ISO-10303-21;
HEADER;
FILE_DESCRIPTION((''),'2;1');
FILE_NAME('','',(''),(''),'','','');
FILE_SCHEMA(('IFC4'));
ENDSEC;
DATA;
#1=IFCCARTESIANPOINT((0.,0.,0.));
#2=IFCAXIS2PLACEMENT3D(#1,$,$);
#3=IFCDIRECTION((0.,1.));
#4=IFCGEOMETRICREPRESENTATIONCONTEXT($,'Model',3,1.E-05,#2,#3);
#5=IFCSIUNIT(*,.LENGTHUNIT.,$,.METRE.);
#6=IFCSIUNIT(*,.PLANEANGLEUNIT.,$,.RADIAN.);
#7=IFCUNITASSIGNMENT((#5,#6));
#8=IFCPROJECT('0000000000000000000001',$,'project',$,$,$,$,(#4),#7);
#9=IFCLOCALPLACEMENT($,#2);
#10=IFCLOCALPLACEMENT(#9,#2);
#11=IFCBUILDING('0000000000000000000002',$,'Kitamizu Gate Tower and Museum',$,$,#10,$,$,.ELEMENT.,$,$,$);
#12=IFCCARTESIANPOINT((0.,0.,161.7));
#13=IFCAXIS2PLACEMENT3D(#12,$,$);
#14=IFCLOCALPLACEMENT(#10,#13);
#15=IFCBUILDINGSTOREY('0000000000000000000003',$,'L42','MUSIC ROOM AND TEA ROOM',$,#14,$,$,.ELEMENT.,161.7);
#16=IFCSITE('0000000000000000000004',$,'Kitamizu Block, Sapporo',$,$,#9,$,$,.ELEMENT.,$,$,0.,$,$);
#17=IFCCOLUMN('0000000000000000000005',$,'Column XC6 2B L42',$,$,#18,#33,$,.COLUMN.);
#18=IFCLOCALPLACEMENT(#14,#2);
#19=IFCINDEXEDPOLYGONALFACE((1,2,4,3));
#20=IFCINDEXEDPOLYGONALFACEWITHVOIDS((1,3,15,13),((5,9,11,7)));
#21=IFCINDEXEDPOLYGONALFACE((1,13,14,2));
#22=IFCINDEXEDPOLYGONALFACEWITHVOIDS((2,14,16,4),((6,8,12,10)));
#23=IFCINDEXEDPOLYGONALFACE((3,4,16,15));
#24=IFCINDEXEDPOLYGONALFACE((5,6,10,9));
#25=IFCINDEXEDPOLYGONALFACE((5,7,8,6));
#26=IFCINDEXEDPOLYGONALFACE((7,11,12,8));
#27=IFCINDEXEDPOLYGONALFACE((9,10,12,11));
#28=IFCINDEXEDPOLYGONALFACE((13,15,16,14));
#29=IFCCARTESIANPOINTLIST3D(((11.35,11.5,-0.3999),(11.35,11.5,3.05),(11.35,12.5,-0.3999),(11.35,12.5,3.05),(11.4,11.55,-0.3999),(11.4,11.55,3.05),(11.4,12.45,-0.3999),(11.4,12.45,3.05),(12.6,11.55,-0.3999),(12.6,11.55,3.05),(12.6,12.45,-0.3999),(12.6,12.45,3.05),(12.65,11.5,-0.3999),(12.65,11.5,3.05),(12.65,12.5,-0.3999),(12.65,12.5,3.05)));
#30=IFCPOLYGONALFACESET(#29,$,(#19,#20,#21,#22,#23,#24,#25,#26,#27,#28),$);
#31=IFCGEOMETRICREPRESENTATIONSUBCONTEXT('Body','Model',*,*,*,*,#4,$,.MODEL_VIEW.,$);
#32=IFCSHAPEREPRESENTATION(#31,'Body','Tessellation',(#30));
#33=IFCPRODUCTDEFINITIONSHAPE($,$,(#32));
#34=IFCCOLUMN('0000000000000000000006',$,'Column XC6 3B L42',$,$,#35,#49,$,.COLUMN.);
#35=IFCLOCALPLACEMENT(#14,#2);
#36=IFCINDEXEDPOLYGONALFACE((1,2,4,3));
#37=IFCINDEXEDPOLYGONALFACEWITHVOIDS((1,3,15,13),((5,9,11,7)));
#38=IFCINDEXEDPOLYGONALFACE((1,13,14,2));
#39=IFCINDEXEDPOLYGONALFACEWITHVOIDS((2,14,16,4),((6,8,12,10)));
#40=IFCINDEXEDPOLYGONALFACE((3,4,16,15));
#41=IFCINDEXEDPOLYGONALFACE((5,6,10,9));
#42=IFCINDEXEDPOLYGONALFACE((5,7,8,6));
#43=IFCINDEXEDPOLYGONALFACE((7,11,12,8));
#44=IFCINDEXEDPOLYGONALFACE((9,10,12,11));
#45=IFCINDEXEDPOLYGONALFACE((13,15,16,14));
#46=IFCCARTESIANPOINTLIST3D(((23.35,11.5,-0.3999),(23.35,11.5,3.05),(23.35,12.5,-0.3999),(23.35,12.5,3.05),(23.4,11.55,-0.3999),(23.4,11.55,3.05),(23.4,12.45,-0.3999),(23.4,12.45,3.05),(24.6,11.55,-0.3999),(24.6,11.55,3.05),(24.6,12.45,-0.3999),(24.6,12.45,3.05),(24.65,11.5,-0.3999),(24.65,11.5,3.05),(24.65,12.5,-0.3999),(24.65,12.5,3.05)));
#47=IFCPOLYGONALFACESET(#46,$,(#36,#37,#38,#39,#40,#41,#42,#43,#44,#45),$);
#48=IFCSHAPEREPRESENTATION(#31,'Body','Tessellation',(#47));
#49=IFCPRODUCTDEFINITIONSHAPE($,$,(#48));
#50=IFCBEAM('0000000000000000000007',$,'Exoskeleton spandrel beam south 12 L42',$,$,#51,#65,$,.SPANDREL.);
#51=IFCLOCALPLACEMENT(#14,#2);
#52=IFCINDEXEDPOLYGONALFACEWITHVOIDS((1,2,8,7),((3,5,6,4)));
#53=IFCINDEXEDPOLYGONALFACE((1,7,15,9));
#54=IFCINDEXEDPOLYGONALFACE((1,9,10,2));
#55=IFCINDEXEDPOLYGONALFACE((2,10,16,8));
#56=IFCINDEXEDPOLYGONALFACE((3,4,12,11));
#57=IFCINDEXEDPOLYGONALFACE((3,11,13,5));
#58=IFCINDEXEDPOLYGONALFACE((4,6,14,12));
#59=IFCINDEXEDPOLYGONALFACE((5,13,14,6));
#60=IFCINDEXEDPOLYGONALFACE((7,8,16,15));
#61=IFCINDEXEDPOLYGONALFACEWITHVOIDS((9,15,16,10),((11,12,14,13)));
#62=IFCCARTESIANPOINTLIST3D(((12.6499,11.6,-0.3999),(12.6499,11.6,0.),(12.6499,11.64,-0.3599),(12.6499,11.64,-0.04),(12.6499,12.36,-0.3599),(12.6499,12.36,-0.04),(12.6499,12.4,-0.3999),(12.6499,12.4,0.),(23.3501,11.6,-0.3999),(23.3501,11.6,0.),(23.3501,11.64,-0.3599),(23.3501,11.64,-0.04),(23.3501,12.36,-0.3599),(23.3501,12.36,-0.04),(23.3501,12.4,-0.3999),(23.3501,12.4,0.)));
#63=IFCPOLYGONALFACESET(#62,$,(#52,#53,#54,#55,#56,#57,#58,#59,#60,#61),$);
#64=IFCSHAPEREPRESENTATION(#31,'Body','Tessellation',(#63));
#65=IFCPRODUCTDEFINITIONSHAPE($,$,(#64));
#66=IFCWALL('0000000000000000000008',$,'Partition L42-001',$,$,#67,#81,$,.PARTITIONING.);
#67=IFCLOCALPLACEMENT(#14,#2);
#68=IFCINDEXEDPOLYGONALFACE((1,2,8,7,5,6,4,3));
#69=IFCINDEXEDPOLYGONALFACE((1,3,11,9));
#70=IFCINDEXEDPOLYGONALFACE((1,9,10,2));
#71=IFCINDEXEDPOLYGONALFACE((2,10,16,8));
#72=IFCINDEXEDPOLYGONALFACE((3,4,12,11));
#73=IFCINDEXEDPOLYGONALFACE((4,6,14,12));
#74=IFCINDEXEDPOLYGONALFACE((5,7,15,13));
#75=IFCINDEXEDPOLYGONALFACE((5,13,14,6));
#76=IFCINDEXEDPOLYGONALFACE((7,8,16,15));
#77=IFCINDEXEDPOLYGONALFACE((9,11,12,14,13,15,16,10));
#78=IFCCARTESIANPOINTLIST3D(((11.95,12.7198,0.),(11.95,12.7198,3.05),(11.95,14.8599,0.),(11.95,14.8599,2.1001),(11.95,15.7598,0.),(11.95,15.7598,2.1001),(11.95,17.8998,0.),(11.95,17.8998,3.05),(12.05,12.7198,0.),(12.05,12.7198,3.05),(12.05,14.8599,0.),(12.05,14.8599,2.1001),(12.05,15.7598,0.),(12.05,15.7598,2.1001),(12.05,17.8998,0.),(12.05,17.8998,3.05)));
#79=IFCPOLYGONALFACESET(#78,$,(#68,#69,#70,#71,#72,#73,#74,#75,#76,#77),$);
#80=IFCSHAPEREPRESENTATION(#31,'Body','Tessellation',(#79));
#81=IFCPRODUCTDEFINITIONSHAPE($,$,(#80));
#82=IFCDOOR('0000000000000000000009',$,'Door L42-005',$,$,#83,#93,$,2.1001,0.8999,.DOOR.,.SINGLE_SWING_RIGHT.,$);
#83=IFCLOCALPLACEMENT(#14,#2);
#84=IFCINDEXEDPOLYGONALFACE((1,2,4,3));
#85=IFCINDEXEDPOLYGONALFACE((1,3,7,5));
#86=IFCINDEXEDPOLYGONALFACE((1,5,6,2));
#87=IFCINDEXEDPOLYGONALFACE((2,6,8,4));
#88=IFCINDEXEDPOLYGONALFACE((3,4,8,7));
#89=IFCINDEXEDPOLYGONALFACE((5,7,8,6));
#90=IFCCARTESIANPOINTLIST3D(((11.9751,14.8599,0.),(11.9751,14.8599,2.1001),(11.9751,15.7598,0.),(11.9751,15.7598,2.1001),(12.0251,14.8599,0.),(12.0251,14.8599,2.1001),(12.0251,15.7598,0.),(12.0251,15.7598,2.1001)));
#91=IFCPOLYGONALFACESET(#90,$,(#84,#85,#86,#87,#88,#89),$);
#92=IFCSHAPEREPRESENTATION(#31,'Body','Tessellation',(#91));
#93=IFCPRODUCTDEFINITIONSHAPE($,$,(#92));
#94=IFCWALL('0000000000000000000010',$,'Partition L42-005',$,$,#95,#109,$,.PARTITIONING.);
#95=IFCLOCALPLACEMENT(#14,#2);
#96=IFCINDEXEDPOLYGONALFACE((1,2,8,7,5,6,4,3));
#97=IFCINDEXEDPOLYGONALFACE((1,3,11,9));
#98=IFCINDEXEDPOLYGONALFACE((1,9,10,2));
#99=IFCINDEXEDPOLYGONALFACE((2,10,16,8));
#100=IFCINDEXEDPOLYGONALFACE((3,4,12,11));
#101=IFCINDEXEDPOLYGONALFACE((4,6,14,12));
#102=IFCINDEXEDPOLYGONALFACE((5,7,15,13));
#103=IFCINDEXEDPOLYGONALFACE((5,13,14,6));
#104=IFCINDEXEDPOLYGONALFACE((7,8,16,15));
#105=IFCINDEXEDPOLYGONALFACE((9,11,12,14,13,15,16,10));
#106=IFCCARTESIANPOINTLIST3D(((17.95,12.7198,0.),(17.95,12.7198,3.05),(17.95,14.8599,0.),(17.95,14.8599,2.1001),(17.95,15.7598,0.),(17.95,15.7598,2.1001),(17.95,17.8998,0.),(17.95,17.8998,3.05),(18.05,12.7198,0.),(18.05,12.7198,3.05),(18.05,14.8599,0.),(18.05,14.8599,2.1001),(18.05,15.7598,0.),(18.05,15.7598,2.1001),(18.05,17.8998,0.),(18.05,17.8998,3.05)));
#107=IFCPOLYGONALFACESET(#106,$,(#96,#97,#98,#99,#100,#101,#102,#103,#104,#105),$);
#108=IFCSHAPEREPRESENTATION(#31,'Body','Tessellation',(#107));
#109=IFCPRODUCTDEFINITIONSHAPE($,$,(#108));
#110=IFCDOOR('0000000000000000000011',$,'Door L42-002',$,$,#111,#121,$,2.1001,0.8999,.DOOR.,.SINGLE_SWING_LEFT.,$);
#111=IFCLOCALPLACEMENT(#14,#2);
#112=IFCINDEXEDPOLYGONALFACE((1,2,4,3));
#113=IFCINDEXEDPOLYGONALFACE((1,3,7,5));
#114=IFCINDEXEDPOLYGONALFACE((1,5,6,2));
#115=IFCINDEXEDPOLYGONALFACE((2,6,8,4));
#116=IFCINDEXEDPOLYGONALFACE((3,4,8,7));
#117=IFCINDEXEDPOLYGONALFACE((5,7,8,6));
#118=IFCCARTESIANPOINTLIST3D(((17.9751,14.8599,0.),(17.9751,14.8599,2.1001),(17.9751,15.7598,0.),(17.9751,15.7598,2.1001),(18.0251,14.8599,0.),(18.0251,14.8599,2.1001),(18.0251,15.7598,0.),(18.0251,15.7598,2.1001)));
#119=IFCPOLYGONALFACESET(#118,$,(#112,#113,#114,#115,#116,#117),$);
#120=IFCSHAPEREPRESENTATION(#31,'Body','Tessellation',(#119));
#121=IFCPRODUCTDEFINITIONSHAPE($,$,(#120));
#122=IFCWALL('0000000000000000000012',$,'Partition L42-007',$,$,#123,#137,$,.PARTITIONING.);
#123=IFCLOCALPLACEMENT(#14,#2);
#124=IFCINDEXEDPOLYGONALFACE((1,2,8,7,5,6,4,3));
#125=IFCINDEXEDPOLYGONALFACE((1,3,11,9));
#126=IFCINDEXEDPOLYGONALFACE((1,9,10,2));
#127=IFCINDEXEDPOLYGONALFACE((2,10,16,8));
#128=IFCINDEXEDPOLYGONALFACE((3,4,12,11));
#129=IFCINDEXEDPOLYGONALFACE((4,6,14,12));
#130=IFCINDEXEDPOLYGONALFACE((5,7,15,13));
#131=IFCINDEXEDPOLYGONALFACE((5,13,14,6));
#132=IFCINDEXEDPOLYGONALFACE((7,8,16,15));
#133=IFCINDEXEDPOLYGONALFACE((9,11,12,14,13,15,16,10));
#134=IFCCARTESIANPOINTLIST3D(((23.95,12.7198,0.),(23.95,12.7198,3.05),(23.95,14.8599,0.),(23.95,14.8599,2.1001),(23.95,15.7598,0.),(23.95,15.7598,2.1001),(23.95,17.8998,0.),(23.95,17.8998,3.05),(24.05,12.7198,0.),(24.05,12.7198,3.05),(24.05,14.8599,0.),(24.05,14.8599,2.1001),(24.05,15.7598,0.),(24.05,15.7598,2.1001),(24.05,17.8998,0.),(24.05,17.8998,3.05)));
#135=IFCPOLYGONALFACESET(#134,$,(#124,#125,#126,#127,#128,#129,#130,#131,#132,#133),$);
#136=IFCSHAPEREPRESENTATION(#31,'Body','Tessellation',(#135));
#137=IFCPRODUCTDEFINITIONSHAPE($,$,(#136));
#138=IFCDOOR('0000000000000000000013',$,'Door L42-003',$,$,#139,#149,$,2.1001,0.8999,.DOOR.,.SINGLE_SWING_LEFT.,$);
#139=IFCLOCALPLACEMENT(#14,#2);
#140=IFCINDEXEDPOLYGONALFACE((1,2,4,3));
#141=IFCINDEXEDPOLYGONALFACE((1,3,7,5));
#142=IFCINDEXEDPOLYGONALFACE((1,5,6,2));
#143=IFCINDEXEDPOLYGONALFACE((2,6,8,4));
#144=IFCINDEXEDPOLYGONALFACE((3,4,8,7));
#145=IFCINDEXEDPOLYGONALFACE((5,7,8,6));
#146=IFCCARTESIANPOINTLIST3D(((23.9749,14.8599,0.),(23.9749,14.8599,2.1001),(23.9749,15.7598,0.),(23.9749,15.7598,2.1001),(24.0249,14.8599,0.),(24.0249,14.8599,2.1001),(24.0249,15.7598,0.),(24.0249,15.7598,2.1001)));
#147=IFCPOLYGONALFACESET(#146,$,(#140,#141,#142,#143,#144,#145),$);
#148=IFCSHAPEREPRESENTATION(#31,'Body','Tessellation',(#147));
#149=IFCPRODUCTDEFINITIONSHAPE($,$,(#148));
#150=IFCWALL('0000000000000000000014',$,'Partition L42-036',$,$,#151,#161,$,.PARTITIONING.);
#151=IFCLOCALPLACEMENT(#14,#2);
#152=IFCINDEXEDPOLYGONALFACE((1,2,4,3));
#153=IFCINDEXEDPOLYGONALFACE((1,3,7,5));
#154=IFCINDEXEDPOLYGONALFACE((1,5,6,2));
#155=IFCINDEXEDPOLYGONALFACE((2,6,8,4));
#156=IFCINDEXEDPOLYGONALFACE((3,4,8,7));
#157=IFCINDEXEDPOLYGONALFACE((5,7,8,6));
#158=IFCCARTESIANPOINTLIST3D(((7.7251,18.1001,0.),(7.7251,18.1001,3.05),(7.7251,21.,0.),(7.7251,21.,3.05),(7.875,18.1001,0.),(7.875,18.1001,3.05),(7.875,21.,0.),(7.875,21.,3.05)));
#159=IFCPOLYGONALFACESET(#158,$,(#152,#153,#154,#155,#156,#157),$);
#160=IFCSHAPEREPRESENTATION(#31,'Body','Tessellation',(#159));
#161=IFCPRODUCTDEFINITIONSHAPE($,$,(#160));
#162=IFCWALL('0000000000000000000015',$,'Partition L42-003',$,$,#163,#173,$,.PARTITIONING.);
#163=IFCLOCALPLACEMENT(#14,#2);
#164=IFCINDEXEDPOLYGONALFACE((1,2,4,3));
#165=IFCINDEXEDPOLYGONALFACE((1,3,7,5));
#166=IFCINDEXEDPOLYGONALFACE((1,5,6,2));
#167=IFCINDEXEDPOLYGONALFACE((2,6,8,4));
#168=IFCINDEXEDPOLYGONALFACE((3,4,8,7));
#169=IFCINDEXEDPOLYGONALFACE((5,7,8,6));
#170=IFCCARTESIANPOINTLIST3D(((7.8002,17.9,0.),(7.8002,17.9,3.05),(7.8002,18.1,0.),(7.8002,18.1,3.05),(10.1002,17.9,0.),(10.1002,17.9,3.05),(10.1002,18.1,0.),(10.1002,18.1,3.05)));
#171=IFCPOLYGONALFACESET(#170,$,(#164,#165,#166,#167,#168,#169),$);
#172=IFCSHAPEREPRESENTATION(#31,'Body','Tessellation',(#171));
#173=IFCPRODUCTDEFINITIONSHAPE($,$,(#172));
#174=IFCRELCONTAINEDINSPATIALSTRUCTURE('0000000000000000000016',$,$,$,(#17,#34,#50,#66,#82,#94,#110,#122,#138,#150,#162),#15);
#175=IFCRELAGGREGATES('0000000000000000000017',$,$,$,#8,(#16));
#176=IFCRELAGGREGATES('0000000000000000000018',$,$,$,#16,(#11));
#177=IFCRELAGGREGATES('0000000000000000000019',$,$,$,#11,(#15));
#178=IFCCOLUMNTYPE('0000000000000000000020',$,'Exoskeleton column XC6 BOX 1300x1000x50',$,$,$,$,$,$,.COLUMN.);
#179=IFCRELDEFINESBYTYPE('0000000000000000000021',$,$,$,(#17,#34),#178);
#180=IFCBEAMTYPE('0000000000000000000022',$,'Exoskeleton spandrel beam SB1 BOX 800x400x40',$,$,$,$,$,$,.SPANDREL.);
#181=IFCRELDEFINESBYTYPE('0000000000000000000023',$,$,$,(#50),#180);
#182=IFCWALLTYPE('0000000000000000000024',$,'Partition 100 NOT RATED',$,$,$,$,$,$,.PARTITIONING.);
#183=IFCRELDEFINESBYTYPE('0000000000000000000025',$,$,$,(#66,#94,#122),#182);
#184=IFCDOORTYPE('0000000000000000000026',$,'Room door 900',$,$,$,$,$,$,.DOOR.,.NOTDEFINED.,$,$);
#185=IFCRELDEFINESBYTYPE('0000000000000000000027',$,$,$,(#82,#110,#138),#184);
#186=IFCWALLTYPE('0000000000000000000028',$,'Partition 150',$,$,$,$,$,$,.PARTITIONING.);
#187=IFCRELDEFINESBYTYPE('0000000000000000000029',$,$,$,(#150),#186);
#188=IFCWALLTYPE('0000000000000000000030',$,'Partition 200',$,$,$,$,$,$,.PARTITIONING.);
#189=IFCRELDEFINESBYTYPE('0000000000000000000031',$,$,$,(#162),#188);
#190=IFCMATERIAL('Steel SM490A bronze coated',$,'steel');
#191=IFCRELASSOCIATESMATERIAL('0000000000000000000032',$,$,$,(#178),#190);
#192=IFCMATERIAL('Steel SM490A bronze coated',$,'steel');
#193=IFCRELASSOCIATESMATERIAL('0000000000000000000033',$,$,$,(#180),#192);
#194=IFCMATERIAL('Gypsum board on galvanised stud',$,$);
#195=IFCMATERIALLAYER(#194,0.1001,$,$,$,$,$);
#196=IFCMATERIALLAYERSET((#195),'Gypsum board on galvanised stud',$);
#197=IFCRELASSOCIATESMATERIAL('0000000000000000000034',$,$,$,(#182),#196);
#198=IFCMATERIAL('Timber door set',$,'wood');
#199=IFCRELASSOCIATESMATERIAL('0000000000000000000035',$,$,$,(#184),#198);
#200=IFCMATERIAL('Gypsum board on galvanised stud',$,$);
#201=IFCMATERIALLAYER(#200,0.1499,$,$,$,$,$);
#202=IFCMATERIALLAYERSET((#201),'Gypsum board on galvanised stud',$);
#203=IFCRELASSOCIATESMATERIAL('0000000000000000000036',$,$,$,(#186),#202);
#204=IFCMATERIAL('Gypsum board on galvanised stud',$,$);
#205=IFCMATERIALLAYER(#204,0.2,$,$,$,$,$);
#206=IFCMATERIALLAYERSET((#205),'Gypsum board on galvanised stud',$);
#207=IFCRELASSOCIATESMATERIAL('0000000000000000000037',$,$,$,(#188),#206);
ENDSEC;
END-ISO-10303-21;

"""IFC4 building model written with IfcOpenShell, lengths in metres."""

from ifc_helpers import new_model, si_unit, direction, frame, frame_2d, origin, origin_2d, place, context, subcontext, project, spatial, rectangle, hollow_rectangle, extrude, material, layer, layer_set, material_profile, profile_set, type_object, element, fill, save


model = new_model("IFC4")

# Units and contexts
model_context = context("Model", 3, precision=1e-05, world=origin(), true_north=direction((0.0, 1.0)))
body_context = subcontext(model_context, "Body", "Model", "MODEL_VIEW")
ifc_project = project(units=[si_unit("LENGTHUNIT", "METRE"), si_unit("PLANEANGLEUNIT", "RADIAN")], contexts=[model_context])

# Site, building, storey
site_placement = place(None, origin())
site = spatial("IfcSite", under=ifc_project, at=site_placement, Name="Kitamizu Block, Sapporo", CompositionType="ELEMENT", RefElevation=0.0)
building_placement = place(site_placement, origin())
building = spatial("IfcBuilding", under=site, at=building_placement, Name="Kitamizu Gate Tower and Museum", CompositionType="ELEMENT")
storey_placement = place(building_placement, frame((0.0, 0.0, 161.7)))
storey = spatial("IfcBuildingStorey", under=building, at=storey_placement, Name="L42", Description="MUSIC ROOM AND TEA ROOM", CompositionType="ELEMENT", Elevation=161.7)

# Columns
ifc_material_1 = material(Name="Steel SM490A bronze coated", Category="steel")
ifc_material_profile_1 = material_profile(ifc_material_1, hollow_rectangle(XDim=1.3, YDim=1.0, WallThickness=0.05, at=origin_2d()), Name="BOX 1300x1000x50")
ifc_profile_set_1 = profile_set([ifc_material_profile_1], Name="Steel SM490A bronze coated")
column_type = type_object("IfcColumnType", Name="Exoskeleton column XC6 BOX 1300x1000x50", PredefinedType="COLUMN", material=ifc_profile_set_1)
for number, where, z_axis, x_axis, name in (
    (1, (12.0, 12.0, -0.3999), (0.0, 0.0, 1.0), (1.0, 0.0, 0.0), "Column XC6 2B L42"),
    (2, (24.0, 12.0, -0.3999), (0.0, 0.0, 1.0), (1.0, 0.0, 0.0), "Column XC6 3B L42"),
):
    element("IfcColumn", number, at=place(storey_placement, frame(where, z_axis=z_axis, x_axis=x_axis)), inside=storey, type_object=column_type, Name=name, PredefinedType="COLUMN", context=body_context, shape_type="SweptSolid", body=[
        extrude(hollow_rectangle(XDim=1.3, YDim=1.0, WallThickness=0.05, at=origin_2d()), origin(), (0.0, 0.0, 1.0), 3.45),
    ])

# Beam
ifc_material_2 = material(Name="Steel SM490A bronze coated", Category="steel")
ifc_material_profile_2 = material_profile(ifc_material_2, hollow_rectangle(XDim=0.8, YDim=0.3999, WallThickness=0.04, at=origin_2d()), Name="BOX 800x400x40")
ifc_profile_set_2 = profile_set([ifc_material_profile_2], Name="Steel SM490A bronze coated")
beam_type = type_object("IfcBeamType", Name="Exoskeleton spandrel beam SB1 BOX 800x400x40", PredefinedType="SPANDREL", material=ifc_profile_set_2)
beam_placement = place(storey_placement, frame((12.6499, 12.0, -0.2), z_axis=(1.0, 0.0, 0.0), x_axis=(0.0, 1.0, 0.0)))
element("IfcBeam", 3, at=beam_placement, inside=storey, type_object=beam_type, Name="Exoskeleton spandrel beam south 12 L42", PredefinedType="SPANDREL", context=body_context, shape_type="SweptSolid", body=[
    extrude(hollow_rectangle(XDim=0.8, YDim=0.3999, WallThickness=0.04, at=origin_2d()), origin(), (0.0, 0.0, 1.0), 10.7002),
])

# Walls, openings, doors
ifc_material_3 = material(Name="Gypsum board on galvanised stud")
ifc_layer_1 = layer(ifc_material_3, 0.1001)
ifc_layer_set_1 = layer_set([ifc_layer_1], Name="Gypsum board on galvanised stud")
wall_type_1 = type_object("IfcWallType", Name="Partition 100 NOT RATED", PredefinedType="PARTITIONING", material=ifc_layer_set_1)
wall_1_placement = place(storey_placement, frame((12.0, 12.72, 0.0), z_axis=(0.0, 0.0, 1.0), x_axis=(0.0, 1.0, 0.0)))
wall_1 = element("IfcWall", 4, at=wall_1_placement, inside=storey, type_object=wall_type_1, Name="Partition L42-001", PredefinedType="PARTITIONING", context=body_context, shape_type="SweptSolid", body=[
    extrude(rectangle(XDim=5.1799, YDim=0.1001, at=frame_2d((2.5898, 0.0))), origin(), (0.0, 0.0, 1.0), 3.05),
])
opening_1_placement = place(wall_1_placement, frame((2.1399, 0.0, 0.0)))
opening_1 = element("IfcOpeningElement", 5, at=opening_1_placement, cuts=wall_1, PredefinedType="OPENING", context=body_context, shape_type="SweptSolid", body=[
    extrude(rectangle(XDim=0.8999, YDim=2.1001, at=frame_2d((0.45, 1.05))), frame((0.0, 0.0601, 0.0), z_axis=(0.0, -1.0, 0.0), x_axis=(1.0, 0.0, 0.0)), (0.0, 0.0, 1.0), 0.1201),
])
ifc_material_4 = material(Name="Timber door set", Category="wood")
door_type = type_object("IfcDoorType", Name="Room door 900", OperationType="NOTDEFINED", PredefinedType="DOOR", material=ifc_material_4)
door_1_placement = place(opening_1_placement, origin())
door_1 = element("IfcDoor", 6, at=door_1_placement, inside=storey, type_object=door_type, Name="Door L42-005", OperationType="SINGLE_SWING_RIGHT", OverallHeight=2.1001, OverallWidth=0.8999, PredefinedType="DOOR", context=body_context, shape_type="SweptSolid", body=[
    extrude(rectangle(XDim=0.8999, YDim=2.1001, at=frame_2d((0.45, 1.05))), frame((0.0, 0.0249, 0.0), z_axis=(0.0, -1.0, 0.0), x_axis=(1.0, 0.0, 0.0)), (0.0, 0.0, 1.0), 0.05),
])
fill(opening_1, door_1)
wall_2_placement = place(storey_placement, frame((18.0, 12.72, 0.0), z_axis=(0.0, 0.0, 1.0), x_axis=(0.0, 1.0, 0.0)))
wall_2 = element("IfcWall", 7, at=wall_2_placement, inside=storey, type_object=wall_type_1, Name="Partition L42-005", PredefinedType="PARTITIONING", context=body_context, shape_type="SweptSolid", body=[
    extrude(rectangle(XDim=5.1799, YDim=0.1001, at=frame_2d((2.5898, 0.0))), origin(), (0.0, 0.0, 1.0), 3.05),
])
opening_2_placement = place(wall_2_placement, frame((2.1399, 0.0, 0.0)))
opening_2 = element("IfcOpeningElement", 8, at=opening_2_placement, cuts=wall_2, PredefinedType="OPENING", context=body_context, shape_type="SweptSolid", body=[
    extrude(rectangle(XDim=0.8999, YDim=2.1001, at=frame_2d((0.45, 1.05))), frame((0.0, 0.0601, 0.0), z_axis=(0.0, -1.0, 0.0), x_axis=(1.0, 0.0, 0.0)), (0.0, 0.0, 1.0), 0.1201),
])
door_2_placement = place(opening_2_placement, origin())
door_2 = element("IfcDoor", 9, at=door_2_placement, inside=storey, type_object=door_type, Name="Door L42-002", OperationType="SINGLE_SWING_LEFT", OverallHeight=2.1001, OverallWidth=0.8999, PredefinedType="DOOR", context=body_context, shape_type="SweptSolid", body=[
    extrude(rectangle(XDim=0.8999, YDim=2.1001, at=frame_2d((0.45, 1.05))), frame((0.0, 0.0249, 0.0), z_axis=(0.0, -1.0, 0.0), x_axis=(1.0, 0.0, 0.0)), (0.0, 0.0, 1.0), 0.05),
])
fill(opening_2, door_2)
wall_3_placement = place(storey_placement, frame((24.0, 12.72, 0.0), z_axis=(0.0, 0.0, 1.0), x_axis=(0.0, 1.0, 0.0)))
wall_3 = element("IfcWall", 10, at=wall_3_placement, inside=storey, type_object=wall_type_1, Name="Partition L42-007", PredefinedType="PARTITIONING", context=body_context, shape_type="SweptSolid", body=[
    extrude(rectangle(XDim=5.1799, YDim=0.1001, at=frame_2d((2.5898, 0.0))), origin(), (0.0, 0.0, 1.0), 3.05),
])
opening_3_placement = place(wall_3_placement, frame((2.1399, 0.0, 0.0)))
opening_3 = element("IfcOpeningElement", 11, at=opening_3_placement, cuts=wall_3, PredefinedType="OPENING", context=body_context, shape_type="SweptSolid", body=[
    extrude(rectangle(XDim=0.8999, YDim=2.1001, at=frame_2d((0.45, 1.05))), frame((0.0, 0.0601, 0.0), z_axis=(0.0, -1.0, 0.0), x_axis=(1.0, 0.0, 0.0)), (0.0, 0.0, 1.0), 0.1201),
])
door_3_placement = place(opening_3_placement, frame((0.8999, 0.0, 0.0), x_axis=(-1.0, 0.0, 0.0)))
door_3 = element("IfcDoor", 12, at=door_3_placement, inside=storey, type_object=door_type, Name="Door L42-003", OperationType="SINGLE_SWING_LEFT", OverallHeight=2.1001, OverallWidth=0.8999, PredefinedType="DOOR", context=body_context, shape_type="SweptSolid", body=[
    extrude(rectangle(XDim=0.8999, YDim=2.1001, at=frame_2d((0.45, 1.05))), frame((0.0, 0.0249, 0.0), z_axis=(0.0, -1.0, 0.0), x_axis=(1.0, 0.0, 0.0)), (0.0, 0.0, 1.0), 0.05),
])
fill(opening_3, door_3)

# Walls
ifc_material_5 = material(Name="Gypsum board on galvanised stud")
ifc_layer_2 = layer(ifc_material_5, 0.1499)
ifc_layer_set_2 = layer_set([ifc_layer_2], Name="Gypsum board on galvanised stud")
wall_type_2 = type_object("IfcWallType", Name="Partition 150", PredefinedType="PARTITIONING", material=ifc_layer_set_2)
wall_4_placement = place(storey_placement, frame((7.8, 18.1001, 0.0), z_axis=(0.0, 0.0, 1.0), x_axis=(0.0, 1.0, 0.0)))
element("IfcWall", 13, at=wall_4_placement, inside=storey, type_object=wall_type_2, Name="Partition L42-036", PredefinedType="PARTITIONING", context=body_context, shape_type="SweptSolid", body=[
    extrude(rectangle(XDim=2.8999, YDim=0.1499, at=frame_2d((1.45, 0.0))), origin(), (0.0, 0.0, 1.0), 3.05),
])
ifc_material_6 = material(Name="Gypsum board on galvanised stud")
ifc_layer_3 = layer(ifc_material_6, 0.2)
ifc_layer_set_3 = layer_set([ifc_layer_3], Name="Gypsum board on galvanised stud")
wall_type_3 = type_object("IfcWallType", Name="Partition 200", PredefinedType="PARTITIONING", material=ifc_layer_set_3)
wall_5_placement = place(storey_placement, frame((10.1001, 18.0, 0.0), z_axis=(0.0, 0.0, 1.0), x_axis=(-1.0, 0.0, 0.0)))
element("IfcWall", 14, at=wall_5_placement, inside=storey, type_object=wall_type_3, Name="Partition L42-003", PredefinedType="PARTITIONING", context=body_context, shape_type="SweptSolid", body=[
    extrude(rectangle(XDim=2.3, YDim=0.2, at=frame_2d((1.1499, 0.0))), origin(), (0.0, 0.0, 1.0), 3.05),
])

save(model, "model.ifc")
